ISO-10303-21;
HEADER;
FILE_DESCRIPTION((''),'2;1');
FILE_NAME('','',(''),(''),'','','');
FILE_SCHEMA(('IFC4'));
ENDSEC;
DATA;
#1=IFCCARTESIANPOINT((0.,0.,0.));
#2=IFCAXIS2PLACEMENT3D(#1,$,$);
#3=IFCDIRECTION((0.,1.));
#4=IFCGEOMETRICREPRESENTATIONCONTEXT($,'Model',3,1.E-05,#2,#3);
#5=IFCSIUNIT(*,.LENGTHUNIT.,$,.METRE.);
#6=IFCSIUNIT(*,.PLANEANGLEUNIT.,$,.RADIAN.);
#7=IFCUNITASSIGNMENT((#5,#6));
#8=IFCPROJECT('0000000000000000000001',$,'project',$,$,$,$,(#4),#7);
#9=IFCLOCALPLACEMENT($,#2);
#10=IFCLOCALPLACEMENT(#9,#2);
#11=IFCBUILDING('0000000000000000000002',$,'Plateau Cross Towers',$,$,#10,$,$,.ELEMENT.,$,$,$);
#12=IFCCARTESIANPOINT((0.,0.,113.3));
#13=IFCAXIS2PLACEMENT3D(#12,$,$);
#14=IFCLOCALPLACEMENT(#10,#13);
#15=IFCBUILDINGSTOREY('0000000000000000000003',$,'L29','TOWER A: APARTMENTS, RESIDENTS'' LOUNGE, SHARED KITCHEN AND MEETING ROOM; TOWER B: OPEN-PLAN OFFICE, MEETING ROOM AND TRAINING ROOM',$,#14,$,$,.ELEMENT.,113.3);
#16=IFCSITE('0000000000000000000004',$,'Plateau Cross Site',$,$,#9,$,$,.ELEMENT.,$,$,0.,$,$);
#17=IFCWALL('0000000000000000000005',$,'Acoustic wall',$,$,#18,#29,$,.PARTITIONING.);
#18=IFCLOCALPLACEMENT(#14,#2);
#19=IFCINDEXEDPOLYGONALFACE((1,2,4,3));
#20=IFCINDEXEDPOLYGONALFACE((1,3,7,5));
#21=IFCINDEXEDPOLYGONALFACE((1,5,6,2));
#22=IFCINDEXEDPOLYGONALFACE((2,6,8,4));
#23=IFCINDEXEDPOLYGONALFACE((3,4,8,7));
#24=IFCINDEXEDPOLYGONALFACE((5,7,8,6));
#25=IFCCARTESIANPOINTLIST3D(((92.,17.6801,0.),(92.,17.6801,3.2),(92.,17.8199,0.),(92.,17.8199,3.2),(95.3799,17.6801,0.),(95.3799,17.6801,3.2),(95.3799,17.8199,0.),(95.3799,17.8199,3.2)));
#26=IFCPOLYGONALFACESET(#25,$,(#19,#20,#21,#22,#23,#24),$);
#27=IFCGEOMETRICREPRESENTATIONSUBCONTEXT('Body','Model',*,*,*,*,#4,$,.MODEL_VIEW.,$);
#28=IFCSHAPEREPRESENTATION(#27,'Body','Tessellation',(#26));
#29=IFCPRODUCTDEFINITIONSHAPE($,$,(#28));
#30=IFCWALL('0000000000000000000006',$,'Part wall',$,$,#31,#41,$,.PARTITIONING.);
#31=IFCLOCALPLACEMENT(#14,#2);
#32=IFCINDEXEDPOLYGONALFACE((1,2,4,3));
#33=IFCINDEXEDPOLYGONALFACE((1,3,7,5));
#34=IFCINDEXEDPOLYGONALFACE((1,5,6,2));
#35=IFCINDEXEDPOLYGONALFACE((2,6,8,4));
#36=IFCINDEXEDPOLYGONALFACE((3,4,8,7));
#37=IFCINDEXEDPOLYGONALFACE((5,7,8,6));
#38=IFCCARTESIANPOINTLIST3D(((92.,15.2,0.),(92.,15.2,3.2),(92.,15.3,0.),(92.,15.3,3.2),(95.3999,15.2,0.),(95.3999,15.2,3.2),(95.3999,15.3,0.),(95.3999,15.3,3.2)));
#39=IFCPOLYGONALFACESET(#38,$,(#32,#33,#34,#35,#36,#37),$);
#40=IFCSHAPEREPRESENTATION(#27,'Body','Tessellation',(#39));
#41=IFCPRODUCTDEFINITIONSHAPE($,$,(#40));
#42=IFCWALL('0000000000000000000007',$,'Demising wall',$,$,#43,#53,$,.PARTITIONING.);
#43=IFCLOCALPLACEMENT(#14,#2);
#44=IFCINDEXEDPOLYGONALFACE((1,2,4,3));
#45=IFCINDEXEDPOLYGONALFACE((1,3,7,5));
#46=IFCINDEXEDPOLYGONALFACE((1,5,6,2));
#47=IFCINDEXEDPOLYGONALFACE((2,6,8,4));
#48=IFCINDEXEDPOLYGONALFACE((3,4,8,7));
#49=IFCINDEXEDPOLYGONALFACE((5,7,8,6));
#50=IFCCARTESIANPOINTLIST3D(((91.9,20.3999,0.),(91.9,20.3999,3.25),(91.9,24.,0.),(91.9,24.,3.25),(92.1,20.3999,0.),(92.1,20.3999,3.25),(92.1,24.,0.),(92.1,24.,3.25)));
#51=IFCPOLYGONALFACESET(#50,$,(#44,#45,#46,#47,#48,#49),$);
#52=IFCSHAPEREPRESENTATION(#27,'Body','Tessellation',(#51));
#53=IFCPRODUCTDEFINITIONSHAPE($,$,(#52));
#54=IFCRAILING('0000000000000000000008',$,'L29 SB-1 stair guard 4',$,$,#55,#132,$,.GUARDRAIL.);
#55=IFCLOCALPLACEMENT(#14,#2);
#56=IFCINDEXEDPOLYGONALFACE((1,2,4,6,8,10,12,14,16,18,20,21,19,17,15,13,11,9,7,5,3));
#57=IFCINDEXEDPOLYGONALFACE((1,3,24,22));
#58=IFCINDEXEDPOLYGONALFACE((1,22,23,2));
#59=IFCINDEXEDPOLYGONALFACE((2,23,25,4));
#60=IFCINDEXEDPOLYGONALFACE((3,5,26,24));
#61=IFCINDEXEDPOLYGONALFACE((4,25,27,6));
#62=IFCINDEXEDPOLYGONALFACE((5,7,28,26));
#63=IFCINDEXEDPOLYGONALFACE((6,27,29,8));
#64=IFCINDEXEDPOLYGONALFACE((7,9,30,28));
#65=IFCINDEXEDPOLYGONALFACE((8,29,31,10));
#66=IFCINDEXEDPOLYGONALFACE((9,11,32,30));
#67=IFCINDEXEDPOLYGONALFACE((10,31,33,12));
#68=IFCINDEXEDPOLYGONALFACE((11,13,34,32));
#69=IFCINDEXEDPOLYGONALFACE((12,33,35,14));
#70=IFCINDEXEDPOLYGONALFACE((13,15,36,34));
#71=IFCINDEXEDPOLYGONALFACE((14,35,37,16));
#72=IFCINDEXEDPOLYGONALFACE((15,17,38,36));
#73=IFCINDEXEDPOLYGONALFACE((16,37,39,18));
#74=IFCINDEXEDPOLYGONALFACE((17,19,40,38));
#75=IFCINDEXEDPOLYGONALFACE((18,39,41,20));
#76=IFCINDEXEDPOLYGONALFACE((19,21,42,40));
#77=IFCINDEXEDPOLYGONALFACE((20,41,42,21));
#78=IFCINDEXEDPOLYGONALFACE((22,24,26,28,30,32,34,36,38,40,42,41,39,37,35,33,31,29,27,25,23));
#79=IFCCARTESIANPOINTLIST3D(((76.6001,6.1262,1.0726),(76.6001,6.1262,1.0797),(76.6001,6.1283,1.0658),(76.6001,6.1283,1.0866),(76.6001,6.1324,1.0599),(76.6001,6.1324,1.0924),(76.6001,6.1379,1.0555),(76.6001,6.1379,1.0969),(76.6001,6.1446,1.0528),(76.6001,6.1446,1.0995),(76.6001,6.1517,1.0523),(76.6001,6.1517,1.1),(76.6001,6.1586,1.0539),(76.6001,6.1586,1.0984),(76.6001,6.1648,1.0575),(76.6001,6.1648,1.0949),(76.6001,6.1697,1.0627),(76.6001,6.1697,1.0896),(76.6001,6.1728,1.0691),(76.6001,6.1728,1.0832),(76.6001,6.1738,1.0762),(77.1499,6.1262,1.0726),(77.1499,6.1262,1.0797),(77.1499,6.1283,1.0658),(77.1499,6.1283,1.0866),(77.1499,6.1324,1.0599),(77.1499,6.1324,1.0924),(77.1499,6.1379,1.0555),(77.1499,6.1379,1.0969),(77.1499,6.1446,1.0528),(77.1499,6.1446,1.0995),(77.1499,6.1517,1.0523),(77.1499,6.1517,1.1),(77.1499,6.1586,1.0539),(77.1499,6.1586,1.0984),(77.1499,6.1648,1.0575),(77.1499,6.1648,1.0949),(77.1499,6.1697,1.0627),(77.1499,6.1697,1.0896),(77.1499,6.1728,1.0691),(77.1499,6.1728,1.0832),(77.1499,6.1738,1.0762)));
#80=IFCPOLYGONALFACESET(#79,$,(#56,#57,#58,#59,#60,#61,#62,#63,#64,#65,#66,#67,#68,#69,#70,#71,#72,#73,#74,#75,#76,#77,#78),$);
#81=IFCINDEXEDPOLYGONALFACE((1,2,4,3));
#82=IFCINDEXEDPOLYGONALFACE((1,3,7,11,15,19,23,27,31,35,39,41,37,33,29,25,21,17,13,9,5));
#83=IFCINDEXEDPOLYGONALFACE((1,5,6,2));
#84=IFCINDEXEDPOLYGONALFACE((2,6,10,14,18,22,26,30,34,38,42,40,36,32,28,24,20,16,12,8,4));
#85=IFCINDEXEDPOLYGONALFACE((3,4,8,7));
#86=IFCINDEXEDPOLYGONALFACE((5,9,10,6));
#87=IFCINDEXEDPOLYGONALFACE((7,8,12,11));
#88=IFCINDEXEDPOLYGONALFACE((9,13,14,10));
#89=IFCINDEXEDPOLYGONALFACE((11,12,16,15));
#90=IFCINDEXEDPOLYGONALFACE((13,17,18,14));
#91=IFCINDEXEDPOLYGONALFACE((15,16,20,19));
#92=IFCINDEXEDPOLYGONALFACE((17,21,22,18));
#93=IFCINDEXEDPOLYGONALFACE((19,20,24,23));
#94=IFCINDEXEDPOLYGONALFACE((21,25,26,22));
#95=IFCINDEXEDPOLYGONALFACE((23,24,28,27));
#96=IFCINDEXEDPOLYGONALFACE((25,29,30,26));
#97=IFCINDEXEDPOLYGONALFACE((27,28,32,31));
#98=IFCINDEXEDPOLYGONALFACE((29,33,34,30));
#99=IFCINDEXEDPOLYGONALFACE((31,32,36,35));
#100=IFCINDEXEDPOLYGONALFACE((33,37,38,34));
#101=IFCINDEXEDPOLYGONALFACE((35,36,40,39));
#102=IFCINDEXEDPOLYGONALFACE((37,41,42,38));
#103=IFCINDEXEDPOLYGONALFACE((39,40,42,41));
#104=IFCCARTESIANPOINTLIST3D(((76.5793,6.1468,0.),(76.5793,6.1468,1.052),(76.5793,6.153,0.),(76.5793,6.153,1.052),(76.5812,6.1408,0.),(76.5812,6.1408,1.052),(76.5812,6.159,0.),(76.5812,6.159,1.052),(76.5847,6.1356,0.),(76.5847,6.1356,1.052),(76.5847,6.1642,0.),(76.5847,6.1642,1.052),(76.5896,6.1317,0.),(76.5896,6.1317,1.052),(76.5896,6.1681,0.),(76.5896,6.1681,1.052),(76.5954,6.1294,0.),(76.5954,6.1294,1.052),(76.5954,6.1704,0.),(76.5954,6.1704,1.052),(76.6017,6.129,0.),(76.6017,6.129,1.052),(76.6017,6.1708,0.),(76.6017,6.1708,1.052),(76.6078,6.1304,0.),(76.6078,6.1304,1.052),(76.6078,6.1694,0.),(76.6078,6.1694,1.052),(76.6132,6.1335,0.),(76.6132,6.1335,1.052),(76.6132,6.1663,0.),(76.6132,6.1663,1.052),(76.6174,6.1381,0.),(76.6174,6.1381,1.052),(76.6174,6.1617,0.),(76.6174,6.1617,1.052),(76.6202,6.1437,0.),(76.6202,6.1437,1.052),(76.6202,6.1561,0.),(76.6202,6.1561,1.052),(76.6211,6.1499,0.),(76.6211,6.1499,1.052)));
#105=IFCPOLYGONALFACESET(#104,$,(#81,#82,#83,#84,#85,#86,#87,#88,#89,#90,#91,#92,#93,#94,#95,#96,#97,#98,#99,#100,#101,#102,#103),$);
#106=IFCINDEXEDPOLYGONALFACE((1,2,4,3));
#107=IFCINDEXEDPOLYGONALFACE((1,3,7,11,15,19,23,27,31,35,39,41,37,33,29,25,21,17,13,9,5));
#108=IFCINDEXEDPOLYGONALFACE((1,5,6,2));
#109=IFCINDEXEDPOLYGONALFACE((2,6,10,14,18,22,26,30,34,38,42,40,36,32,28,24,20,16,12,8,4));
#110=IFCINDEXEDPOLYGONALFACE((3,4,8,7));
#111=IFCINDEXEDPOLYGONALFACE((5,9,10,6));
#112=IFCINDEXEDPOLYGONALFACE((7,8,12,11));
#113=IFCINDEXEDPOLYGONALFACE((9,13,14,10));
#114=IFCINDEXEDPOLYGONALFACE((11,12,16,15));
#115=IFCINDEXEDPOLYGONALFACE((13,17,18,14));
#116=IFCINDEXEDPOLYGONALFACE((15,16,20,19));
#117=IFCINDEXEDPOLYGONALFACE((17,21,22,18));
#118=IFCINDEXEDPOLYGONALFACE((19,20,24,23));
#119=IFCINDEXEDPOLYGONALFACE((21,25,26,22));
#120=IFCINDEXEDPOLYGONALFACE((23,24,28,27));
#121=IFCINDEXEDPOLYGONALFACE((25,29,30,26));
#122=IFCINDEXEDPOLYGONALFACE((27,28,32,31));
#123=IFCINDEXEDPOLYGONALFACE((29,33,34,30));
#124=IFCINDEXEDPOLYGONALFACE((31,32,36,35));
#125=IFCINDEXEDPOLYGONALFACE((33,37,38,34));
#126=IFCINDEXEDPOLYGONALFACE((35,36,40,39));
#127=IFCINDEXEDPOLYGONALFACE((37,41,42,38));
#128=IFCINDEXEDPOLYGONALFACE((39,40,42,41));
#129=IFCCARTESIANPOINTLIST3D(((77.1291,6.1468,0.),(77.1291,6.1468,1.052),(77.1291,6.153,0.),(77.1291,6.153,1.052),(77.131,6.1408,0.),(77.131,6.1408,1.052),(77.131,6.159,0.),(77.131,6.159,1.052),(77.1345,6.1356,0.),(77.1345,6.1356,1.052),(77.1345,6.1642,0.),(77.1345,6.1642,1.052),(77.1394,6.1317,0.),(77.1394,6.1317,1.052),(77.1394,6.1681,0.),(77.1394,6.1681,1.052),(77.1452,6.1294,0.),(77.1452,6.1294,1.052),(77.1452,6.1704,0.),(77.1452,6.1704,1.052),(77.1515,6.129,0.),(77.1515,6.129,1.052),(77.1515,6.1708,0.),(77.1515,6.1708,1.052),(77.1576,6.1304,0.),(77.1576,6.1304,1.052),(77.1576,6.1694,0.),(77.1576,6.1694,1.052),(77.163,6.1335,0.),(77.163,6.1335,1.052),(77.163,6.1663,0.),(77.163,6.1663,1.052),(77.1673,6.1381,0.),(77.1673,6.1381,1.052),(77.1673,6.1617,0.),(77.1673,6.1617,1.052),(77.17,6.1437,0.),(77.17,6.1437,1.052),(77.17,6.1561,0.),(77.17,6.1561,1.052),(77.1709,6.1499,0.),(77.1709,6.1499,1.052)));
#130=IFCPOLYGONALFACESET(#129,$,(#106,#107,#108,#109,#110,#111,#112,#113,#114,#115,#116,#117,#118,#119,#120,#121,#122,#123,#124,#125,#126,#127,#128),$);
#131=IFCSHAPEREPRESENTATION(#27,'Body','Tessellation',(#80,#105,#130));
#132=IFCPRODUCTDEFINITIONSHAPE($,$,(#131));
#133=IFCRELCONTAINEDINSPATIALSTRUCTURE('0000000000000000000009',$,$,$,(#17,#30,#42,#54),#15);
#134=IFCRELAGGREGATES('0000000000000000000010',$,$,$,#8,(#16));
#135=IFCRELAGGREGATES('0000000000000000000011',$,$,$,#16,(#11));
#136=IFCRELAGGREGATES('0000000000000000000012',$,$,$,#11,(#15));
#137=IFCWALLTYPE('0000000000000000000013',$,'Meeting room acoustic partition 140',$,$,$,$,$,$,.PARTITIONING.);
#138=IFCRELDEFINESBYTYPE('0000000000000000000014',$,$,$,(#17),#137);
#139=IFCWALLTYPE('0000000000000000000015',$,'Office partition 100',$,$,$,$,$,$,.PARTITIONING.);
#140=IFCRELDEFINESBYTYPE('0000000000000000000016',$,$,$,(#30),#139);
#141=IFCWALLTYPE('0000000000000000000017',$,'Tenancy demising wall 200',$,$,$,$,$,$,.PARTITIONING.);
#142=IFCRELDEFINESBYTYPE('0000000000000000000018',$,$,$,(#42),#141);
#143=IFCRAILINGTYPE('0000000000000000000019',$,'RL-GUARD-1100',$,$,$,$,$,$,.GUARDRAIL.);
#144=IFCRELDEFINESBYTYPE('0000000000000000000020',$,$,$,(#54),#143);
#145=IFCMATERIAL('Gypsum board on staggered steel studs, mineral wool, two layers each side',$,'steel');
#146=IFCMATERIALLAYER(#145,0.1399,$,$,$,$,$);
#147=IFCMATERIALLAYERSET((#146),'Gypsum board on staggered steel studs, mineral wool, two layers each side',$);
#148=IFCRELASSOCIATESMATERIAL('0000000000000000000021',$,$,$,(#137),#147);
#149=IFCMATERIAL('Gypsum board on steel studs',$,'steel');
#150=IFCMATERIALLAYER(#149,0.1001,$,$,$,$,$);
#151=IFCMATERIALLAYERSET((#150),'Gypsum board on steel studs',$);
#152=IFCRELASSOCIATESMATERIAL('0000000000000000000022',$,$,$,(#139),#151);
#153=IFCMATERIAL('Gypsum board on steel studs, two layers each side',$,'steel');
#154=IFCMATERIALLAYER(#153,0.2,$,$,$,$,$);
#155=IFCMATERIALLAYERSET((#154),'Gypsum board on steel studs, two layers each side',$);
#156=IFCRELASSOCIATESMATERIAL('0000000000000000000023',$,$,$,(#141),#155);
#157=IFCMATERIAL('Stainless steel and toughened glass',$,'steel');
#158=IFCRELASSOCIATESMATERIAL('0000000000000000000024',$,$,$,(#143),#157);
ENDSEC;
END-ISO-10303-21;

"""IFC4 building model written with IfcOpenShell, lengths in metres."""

from ifc_helpers import new_model, si_unit, direction, frame, frame_2d, origin, origin_2d, place, context, subcontext, project, spatial, rectangle, circle, extrude, material, layer, layer_set, type_object, element, save


model = new_model("IFC4")

# Units and contexts
model_context = context("Model", 3, precision=1e-05, world=origin(), true_north=direction((0.0, 1.0)))
body_context = subcontext(model_context, "Body", "Model", "MODEL_VIEW")
ifc_project = project(units=[si_unit("LENGTHUNIT", "METRE"), si_unit("PLANEANGLEUNIT", "RADIAN")], contexts=[model_context])

# Site, building, storey
site_placement = place(None, origin())
site = spatial("IfcSite", under=ifc_project, at=site_placement, Name="Plateau Cross Site", CompositionType="ELEMENT", RefElevation=0.0)
building_placement = place(site_placement, origin())
building = spatial("IfcBuilding", under=site, at=building_placement, Name="Plateau Cross Towers", CompositionType="ELEMENT")
storey_placement = place(building_placement, frame((0.0, 0.0, 113.3)))
storey = spatial("IfcBuildingStorey", under=building, at=storey_placement, Name="L29", Description="TOWER A: APARTMENTS, RESIDENTS' LOUNGE, SHARED KITCHEN AND MEETING ROOM; TOWER B: OPEN-PLAN OFFICE, MEETING ROOM AND TRAINING ROOM", CompositionType="ELEMENT", Elevation=113.3)

# Shared definitions
ifc_material_1 = material(Name="Gypsum board on steel studs, two layers each side", Category="steel")

# Wall
ifc_material_2 = material(Name="Gypsum board on staggered steel studs, mineral wool, two layers each side", Category="steel")
ifc_layer_1 = layer(ifc_material_2, 0.1399)
ifc_layer_set_1 = layer_set([ifc_layer_1], Name="Gypsum board on staggered steel studs, mineral wool, two layers each side")
wall_type_1 = type_object("IfcWallType", Name="Meeting room acoustic partition 140", PredefinedType="PARTITIONING", material=ifc_layer_set_1)
for number, where, z_axis, x_axis, name in (
    (1, (92.0, 17.75, 0.0), (0.0, 0.0, 1.0), (1.0, 0.0, 0.0), "Acoustic wall"),
):
    element("IfcWall", number, at=place(storey_placement, frame(where, z_axis=z_axis, x_axis=x_axis)), inside=storey, type_object=wall_type_1, Name=name, PredefinedType="PARTITIONING", context=body_context, shape_type="SweptSolid", body=[
        extrude(rectangle(XDim=3.3799, YDim=0.1399, at=frame_2d((1.6899, 0.0))), origin(), (0.0, 0.0, 1.0), 3.2),
    ])

# Walls
ifc_material_3 = material(Name="Gypsum board on steel studs", Category="steel")
ifc_layer_2 = layer(ifc_material_3, 0.1001)
ifc_layer_set_2 = layer_set([ifc_layer_2], Name="Gypsum board on steel studs")
wall_type_2 = type_object("IfcWallType", Name="Office partition 100", PredefinedType="PARTITIONING", material=ifc_layer_set_2)
wall_1_placement = place(storey_placement, frame((92.0, 15.25, 0.0), z_axis=(0.0, 0.0, 1.0), x_axis=(1.0, 0.0, 0.0)))
element("IfcWall", 2, at=wall_1_placement, inside=storey, type_object=wall_type_2, Name="Part wall", PredefinedType="PARTITIONING", context=body_context, shape_type="SweptSolid", body=[
    extrude(rectangle(XDim=3.3999, YDim=0.1001, at=frame_2d((1.7, 0.0))), origin(), (0.0, 0.0, 1.0), 3.2),
])
ifc_layer_3 = layer(ifc_material_1, 0.2)
ifc_layer_set_3 = layer_set([ifc_layer_3], Name="Gypsum board on steel studs, two layers each side")
wall_type_3 = type_object("IfcWallType", Name="Tenancy demising wall 200", PredefinedType="PARTITIONING", material=ifc_layer_set_3)
wall_2_placement = place(storey_placement, frame((92.0, 20.3999, 0.0), z_axis=(0.0, 0.0, 1.0), x_axis=(0.0, 1.0, 0.0)))
element("IfcWall", 3, at=wall_2_placement, inside=storey, type_object=wall_type_3, Name="Demising wall", PredefinedType="PARTITIONING", context=body_context, shape_type="SweptSolid", body=[
    extrude(rectangle(XDim=3.6001, YDim=0.2, at=frame_2d((1.8, 0.0))), origin(), (0.0, 0.0, 1.0), 3.25),
])

# Railing
ifc_material_4 = material(Name="Stainless steel and toughened glass", Category="steel")
railing_type = type_object("IfcRailingType", Name="RL-GUARD-1100", PredefinedType="GUARDRAIL", material=ifc_material_4)
railing_1_placement = place(storey_placement, frame((76.6001, 6.1499, 0.0)))
element("IfcRailing", 4, at=railing_1_placement, inside=storey, type_object=railing_type, Name="L29 SB-1 stair guard 4", PredefinedType="GUARDRAIL", context=body_context, shape_type="SweptSolid", body=[
    extrude(circle(Radius=0.0239, at=origin_2d()), frame((0.0, 0.0, 1.0762), z_axis=(1.0, 0.0, 0.0), x_axis=(0.0, 1.0, 0.0)), (0.0, 0.0, 1.0), 0.5498),
    extrude(circle(Radius=0.021, at=origin_2d()), origin(), (0.0, 0.0, 1.0), 1.052),
    extrude(circle(Radius=0.021, at=origin_2d()), frame((0.5498, 0.0, 0.0)), (0.0, 0.0, 1.0), 1.052),
])

save(model, "model.ifc")
